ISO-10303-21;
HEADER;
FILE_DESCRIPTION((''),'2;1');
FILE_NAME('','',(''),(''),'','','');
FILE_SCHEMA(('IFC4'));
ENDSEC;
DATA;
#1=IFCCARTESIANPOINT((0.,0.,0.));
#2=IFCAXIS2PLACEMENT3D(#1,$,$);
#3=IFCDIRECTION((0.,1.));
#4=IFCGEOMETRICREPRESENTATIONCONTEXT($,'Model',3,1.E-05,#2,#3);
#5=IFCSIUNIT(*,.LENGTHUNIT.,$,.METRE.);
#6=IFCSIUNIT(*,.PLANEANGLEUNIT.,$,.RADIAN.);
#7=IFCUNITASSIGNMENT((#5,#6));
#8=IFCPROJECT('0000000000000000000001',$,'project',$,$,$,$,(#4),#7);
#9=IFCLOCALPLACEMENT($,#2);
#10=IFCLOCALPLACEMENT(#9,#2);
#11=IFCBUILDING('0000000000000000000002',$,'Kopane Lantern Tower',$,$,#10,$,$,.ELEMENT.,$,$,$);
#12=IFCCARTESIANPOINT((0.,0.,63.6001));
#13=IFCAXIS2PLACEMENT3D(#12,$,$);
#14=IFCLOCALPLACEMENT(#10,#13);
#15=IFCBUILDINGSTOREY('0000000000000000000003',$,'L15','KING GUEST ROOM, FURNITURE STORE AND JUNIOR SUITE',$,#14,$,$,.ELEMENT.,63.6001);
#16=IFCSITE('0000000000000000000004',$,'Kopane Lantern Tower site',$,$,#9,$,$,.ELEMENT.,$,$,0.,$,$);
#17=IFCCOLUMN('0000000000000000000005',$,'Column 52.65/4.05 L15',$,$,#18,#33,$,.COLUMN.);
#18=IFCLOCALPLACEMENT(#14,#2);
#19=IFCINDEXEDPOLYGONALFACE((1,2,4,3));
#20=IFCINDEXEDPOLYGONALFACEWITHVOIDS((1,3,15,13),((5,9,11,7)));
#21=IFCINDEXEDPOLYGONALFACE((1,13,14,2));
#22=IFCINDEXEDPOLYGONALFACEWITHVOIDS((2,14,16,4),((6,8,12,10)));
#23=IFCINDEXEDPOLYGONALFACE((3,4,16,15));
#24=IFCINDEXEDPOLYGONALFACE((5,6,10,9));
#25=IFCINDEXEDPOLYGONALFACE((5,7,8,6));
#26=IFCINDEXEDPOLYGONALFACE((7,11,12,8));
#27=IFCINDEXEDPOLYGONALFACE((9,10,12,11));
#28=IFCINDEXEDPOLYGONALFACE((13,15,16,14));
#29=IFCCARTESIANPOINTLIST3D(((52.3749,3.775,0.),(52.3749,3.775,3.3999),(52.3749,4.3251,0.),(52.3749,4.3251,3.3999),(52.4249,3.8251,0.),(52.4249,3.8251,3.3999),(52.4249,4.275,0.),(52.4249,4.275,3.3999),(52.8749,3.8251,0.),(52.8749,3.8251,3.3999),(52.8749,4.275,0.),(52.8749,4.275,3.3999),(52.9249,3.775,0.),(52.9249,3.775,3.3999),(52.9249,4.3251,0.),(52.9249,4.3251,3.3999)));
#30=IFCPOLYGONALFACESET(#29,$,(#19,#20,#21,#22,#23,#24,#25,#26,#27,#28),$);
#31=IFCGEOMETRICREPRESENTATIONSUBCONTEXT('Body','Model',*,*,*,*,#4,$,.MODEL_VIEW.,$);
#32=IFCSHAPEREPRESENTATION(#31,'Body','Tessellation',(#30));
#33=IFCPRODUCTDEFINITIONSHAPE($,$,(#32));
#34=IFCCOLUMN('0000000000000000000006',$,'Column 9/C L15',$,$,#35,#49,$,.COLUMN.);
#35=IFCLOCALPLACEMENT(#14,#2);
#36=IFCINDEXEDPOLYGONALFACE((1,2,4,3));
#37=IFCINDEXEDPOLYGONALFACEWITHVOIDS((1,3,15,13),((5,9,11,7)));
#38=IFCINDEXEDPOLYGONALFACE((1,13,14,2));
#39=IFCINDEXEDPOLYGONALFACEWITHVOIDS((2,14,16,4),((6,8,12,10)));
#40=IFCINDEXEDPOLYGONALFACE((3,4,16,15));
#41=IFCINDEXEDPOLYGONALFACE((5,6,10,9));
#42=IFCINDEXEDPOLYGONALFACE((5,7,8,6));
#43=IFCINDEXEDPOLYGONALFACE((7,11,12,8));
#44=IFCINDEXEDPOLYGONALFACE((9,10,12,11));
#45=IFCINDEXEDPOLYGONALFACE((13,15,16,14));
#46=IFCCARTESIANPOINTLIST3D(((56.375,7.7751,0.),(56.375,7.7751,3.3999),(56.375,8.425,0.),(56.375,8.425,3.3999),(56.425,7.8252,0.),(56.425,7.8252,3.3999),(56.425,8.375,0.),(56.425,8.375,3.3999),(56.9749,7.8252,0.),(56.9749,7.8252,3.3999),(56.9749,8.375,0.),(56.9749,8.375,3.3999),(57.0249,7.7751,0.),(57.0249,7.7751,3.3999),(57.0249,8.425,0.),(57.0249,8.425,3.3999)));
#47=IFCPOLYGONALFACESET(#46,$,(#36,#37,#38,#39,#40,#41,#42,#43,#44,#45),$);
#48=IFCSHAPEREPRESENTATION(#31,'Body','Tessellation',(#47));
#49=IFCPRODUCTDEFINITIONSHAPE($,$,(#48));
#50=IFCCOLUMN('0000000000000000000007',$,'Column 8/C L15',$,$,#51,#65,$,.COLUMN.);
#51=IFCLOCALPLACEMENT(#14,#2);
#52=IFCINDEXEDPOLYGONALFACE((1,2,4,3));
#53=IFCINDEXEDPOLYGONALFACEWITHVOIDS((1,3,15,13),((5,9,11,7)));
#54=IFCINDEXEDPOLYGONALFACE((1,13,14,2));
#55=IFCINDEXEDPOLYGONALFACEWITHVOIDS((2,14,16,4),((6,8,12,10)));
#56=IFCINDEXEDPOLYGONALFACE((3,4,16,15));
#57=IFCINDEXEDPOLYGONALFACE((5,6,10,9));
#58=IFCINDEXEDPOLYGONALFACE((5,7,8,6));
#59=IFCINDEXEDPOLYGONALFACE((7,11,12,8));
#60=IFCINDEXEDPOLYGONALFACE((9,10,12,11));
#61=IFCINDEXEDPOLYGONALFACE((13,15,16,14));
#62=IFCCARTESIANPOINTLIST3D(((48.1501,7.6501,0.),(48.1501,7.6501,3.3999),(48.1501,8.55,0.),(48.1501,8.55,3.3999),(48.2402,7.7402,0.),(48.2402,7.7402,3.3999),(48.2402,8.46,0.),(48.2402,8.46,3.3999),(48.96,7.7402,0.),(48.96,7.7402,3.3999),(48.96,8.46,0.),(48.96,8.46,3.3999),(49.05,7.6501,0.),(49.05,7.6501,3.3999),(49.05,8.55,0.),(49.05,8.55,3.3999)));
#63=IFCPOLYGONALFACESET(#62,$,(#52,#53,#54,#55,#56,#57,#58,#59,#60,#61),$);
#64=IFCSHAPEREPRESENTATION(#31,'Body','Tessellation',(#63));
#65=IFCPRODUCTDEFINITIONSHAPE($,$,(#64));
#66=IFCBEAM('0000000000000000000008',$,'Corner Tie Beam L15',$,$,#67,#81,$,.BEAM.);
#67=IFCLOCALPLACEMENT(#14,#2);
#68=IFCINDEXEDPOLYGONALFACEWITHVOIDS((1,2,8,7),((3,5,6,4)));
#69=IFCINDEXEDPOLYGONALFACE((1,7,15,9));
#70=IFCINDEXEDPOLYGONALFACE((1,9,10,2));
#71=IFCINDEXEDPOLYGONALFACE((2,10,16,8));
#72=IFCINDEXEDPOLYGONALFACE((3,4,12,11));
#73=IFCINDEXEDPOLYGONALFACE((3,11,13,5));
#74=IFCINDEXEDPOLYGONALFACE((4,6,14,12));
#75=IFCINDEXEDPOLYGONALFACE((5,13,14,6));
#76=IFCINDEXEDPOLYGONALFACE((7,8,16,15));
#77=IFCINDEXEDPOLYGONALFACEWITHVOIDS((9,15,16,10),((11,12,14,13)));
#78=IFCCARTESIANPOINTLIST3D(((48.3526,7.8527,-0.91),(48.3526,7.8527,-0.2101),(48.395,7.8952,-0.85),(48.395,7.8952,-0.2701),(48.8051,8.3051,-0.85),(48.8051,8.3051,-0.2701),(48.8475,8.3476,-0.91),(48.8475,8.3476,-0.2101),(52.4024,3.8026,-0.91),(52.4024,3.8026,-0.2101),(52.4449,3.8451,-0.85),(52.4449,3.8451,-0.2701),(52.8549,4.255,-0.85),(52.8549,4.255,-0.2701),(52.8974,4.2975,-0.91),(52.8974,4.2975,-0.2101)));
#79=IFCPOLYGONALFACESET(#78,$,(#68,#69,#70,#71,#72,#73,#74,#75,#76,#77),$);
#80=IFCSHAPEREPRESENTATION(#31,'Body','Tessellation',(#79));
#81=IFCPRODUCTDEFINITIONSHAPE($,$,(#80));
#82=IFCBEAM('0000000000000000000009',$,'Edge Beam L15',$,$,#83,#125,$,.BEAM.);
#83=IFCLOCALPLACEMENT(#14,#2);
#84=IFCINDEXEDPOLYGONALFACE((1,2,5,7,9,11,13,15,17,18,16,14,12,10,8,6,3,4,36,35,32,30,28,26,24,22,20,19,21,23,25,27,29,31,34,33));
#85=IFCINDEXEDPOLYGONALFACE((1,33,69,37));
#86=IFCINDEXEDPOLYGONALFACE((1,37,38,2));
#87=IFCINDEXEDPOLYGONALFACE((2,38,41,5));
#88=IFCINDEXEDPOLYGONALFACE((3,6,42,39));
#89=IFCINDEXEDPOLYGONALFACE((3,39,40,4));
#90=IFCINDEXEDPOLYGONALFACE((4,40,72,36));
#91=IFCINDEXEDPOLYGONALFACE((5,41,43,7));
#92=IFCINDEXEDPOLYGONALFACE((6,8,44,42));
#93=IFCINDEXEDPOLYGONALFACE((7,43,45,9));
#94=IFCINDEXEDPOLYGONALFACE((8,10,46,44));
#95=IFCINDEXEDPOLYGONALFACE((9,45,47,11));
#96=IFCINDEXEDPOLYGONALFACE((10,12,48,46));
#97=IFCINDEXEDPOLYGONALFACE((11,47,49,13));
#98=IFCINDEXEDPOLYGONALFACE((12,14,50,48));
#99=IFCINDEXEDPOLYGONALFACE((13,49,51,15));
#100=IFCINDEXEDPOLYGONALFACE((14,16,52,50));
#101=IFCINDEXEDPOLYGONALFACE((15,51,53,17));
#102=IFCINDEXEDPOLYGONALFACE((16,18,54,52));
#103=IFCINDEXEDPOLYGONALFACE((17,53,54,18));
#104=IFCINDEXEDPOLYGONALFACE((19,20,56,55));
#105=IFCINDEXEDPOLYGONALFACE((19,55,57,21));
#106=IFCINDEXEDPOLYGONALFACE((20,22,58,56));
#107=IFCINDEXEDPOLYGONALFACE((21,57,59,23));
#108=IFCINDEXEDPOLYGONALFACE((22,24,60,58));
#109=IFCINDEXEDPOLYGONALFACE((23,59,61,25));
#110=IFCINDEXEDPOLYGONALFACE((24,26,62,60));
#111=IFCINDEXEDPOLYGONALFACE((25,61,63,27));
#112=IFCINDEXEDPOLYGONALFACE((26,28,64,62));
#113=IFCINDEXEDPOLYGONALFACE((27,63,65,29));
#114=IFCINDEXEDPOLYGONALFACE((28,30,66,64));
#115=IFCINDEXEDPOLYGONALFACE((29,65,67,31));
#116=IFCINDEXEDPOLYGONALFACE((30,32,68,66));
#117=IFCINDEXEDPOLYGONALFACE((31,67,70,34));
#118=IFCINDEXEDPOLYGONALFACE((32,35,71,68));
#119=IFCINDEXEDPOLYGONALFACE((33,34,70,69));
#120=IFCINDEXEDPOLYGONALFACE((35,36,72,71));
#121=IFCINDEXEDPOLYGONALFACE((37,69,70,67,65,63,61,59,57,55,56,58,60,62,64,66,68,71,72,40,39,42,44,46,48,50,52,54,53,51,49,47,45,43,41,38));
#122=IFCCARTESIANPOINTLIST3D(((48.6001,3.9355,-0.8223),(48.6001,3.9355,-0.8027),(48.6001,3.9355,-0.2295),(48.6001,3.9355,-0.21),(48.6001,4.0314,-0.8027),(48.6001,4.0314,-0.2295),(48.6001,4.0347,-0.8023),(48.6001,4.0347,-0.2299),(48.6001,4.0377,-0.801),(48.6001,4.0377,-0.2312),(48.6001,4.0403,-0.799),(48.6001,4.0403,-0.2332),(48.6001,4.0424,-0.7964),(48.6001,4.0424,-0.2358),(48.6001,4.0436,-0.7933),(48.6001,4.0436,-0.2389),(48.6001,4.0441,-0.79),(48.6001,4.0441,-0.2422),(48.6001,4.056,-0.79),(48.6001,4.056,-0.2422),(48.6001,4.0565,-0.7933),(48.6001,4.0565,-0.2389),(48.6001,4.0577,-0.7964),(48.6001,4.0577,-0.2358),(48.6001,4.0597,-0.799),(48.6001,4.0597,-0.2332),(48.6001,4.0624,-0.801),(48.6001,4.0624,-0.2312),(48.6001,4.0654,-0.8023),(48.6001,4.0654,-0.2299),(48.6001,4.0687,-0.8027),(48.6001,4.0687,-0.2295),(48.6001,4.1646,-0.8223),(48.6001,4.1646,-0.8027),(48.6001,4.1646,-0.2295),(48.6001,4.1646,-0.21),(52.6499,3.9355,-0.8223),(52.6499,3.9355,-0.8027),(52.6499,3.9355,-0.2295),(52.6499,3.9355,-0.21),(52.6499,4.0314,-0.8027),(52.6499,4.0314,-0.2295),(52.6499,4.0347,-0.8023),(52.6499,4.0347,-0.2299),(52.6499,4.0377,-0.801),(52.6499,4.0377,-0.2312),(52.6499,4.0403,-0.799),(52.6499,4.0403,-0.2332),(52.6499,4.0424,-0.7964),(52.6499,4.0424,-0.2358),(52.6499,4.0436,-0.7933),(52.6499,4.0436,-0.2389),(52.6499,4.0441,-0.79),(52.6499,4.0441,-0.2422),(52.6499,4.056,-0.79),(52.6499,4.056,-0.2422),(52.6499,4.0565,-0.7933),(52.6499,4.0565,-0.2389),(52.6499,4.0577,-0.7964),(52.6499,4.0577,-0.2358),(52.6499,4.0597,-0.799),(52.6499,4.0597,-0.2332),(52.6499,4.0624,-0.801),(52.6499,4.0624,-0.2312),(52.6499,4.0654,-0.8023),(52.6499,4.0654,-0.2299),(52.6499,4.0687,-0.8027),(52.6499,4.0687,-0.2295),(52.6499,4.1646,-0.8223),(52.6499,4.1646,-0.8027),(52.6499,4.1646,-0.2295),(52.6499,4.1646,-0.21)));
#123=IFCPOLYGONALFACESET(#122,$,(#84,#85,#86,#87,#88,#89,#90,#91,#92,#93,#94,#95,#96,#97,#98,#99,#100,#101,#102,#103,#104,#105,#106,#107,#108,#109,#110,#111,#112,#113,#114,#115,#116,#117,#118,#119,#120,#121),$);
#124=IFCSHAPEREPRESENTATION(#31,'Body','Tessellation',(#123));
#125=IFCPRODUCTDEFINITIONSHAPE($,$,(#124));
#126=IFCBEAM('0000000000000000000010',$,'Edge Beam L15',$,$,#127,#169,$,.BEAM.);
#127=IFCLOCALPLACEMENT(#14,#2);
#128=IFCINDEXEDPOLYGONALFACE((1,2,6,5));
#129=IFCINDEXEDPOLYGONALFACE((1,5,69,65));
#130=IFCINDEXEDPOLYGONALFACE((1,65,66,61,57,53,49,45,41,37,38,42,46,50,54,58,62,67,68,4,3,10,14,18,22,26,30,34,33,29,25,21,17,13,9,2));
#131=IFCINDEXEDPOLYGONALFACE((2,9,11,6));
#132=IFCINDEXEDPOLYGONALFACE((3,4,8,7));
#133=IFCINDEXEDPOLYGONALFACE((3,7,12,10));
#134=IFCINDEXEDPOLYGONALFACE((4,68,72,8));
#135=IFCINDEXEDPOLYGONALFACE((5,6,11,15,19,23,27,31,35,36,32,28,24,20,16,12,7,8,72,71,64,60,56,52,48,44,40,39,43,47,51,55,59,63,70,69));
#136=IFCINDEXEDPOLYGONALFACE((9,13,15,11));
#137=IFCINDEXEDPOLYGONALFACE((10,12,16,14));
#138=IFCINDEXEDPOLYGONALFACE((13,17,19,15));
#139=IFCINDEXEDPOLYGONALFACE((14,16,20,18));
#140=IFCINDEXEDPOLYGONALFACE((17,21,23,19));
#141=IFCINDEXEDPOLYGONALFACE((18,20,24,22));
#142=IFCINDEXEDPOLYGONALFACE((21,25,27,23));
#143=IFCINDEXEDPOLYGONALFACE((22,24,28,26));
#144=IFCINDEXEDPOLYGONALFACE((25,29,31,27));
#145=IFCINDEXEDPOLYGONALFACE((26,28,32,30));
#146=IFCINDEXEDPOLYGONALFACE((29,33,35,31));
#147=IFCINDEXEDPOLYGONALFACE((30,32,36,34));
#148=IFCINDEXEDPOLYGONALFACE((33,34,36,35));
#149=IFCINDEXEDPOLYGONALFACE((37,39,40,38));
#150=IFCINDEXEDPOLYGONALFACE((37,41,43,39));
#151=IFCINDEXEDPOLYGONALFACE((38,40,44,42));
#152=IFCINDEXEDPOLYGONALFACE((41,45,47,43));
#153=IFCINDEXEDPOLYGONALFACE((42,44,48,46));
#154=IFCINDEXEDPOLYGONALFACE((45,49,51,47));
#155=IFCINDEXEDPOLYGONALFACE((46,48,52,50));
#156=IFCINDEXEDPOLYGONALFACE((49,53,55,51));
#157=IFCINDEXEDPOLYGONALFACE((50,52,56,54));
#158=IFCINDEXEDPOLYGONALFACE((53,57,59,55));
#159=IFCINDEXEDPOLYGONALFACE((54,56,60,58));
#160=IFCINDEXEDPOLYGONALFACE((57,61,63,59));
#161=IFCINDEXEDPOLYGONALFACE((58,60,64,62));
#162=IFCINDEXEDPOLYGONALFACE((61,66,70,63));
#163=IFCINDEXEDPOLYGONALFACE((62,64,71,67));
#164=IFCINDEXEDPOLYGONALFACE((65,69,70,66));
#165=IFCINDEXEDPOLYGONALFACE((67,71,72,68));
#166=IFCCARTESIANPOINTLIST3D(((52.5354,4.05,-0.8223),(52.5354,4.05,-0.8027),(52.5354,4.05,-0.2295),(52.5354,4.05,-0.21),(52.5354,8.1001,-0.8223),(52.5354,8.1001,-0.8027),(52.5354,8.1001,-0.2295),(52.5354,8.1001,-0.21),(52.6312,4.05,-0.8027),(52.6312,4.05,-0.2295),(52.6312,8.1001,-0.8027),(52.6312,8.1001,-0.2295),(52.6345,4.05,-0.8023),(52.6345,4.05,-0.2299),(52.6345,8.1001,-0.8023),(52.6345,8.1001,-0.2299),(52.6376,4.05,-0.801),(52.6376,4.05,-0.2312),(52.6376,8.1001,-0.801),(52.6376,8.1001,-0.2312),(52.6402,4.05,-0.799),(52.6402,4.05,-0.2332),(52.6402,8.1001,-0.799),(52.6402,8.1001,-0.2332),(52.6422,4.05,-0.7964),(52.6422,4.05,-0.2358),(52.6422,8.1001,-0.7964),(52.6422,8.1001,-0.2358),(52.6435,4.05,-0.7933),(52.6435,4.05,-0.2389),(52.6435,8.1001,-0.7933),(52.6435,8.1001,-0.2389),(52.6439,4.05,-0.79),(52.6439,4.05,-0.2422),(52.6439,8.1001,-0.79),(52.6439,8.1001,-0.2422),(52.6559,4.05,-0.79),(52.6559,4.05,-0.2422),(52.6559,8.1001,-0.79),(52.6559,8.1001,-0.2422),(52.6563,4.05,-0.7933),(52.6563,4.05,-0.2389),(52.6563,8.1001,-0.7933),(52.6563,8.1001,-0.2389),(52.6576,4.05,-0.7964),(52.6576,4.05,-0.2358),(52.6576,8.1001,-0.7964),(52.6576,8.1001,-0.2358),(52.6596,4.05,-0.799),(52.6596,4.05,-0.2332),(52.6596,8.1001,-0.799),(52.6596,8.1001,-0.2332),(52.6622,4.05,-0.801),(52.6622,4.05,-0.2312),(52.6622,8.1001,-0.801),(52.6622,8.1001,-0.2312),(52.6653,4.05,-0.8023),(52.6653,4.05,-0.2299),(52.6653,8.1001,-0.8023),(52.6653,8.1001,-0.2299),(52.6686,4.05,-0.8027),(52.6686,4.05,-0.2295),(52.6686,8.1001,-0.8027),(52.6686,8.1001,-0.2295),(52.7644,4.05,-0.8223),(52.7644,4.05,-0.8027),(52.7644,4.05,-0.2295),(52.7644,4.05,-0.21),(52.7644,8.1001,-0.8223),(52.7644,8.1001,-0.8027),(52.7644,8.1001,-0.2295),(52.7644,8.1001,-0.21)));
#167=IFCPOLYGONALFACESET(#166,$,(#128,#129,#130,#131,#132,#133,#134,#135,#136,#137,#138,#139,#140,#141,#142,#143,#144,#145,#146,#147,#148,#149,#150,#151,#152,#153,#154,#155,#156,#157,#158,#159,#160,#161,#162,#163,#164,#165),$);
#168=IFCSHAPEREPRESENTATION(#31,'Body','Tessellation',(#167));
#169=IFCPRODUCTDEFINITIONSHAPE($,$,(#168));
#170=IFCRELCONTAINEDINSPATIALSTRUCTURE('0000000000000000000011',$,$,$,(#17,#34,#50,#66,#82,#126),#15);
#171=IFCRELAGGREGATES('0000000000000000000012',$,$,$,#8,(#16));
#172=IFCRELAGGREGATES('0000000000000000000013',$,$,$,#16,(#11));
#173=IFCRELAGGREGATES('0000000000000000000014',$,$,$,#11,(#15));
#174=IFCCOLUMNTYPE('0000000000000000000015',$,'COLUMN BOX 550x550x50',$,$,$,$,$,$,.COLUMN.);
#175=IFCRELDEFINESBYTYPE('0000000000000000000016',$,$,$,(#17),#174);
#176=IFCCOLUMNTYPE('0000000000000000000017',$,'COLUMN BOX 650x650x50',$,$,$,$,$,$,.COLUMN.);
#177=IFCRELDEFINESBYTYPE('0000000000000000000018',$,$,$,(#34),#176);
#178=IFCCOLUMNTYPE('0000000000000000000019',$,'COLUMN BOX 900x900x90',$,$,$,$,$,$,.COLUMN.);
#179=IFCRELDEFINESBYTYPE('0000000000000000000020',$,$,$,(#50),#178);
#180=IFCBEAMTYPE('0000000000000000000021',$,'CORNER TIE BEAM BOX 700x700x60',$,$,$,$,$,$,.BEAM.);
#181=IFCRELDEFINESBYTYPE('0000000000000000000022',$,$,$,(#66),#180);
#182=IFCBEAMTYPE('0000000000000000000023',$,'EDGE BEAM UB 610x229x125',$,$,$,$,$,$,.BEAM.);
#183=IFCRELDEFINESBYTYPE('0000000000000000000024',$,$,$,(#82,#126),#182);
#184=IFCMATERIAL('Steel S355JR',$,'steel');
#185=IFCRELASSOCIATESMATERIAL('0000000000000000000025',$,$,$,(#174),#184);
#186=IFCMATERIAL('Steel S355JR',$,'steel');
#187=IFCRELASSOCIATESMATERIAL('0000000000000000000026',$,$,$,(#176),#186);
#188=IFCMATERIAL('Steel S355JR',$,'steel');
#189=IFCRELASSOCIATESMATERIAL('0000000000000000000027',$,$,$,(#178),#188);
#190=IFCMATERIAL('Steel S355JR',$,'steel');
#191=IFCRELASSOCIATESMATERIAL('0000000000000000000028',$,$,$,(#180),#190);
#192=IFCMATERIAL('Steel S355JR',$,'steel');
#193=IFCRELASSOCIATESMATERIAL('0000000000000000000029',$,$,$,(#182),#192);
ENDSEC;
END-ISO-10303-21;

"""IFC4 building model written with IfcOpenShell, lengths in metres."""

from ifc_helpers import new_model, si_unit, direction, frame, origin, origin_2d, place, context, subcontext, project, spatial, hollow_rectangle, i_section, extrude, material, material_profile, profile_set, type_object, element, save


model = new_model("IFC4")

# Units and contexts
model_context = context("Model", 3, precision=1e-05, world=origin(), true_north=direction((0.0, 1.0)))
body_context = subcontext(model_context, "Body", "Model", "MODEL_VIEW")
ifc_project = project(units=[si_unit("LENGTHUNIT", "METRE"), si_unit("PLANEANGLEUNIT", "RADIAN")], contexts=[model_context])

# Site, building, storey
site_placement = place(None, origin())
site = spatial("IfcSite", under=ifc_project, at=site_placement, Name="Kopane Lantern Tower site", CompositionType="ELEMENT", RefElevation=0.0)
building_placement = place(site_placement, origin())
building = spatial("IfcBuilding", under=site, at=building_placement, Name="Kopane Lantern Tower", CompositionType="ELEMENT")
storey_placement = place(building_placement, frame((0.0, 0.0, 63.6001)))
storey = spatial("IfcBuildingStorey", under=building, at=storey_placement, Name="L15", Description="KING GUEST ROOM, FURNITURE STORE AND JUNIOR SUITE", CompositionType="ELEMENT", Elevation=63.6001)

# Columns
ifc_material_1 = material(Name="Steel S355JR", Category="steel")
ifc_material_profile_1 = material_profile(ifc_material_1, hollow_rectangle(XDim=0.55, YDim=0.55, WallThickness=0.05, at=origin_2d()), Name="BOX 550x550x50")
ifc_profile_set_1 = profile_set([ifc_material_profile_1], Name="Steel S355JR")
column_type_1 = type_object("IfcColumnType", Name="COLUMN BOX 550x550x50", PredefinedType="COLUMN", material=ifc_profile_set_1)
column_1_placement = place(storey_placement, frame((52.6499, 4.05, 0.0), z_axis=(0.0, 0.0, 1.0), x_axis=(1.0, 0.0, 0.0)))
element("IfcColumn", 1, at=column_1_placement, inside=storey, type_object=column_type_1, Name="Column 52.65/4.05 L15", PredefinedType="COLUMN", context=body_context, shape_type="SweptSolid", body=[
    extrude(hollow_rectangle(XDim=0.55, YDim=0.55, WallThickness=0.05, at=origin_2d()), origin(), (0.0, 0.0, 1.0), 3.3999),
])
ifc_material_2 = material(Name="Steel S355JR", Category="steel")
ifc_material_profile_2 = material_profile(ifc_material_2, hollow_rectangle(XDim=0.6499, YDim=0.6499, WallThickness=0.05, at=origin_2d()), Name="BOX 650x650x50")
ifc_profile_set_2 = profile_set([ifc_material_profile_2], Name="Steel S355JR")
column_type_2 = type_object("IfcColumnType", Name="COLUMN BOX 650x650x50", PredefinedType="COLUMN", material=ifc_profile_set_2)
column_2_placement = place(storey_placement, frame((56.7, 8.1001, 0.0), z_axis=(0.0, 0.0, 1.0), x_axis=(1.0, 0.0, 0.0)))
element("IfcColumn", 2, at=column_2_placement, inside=storey, type_object=column_type_2, Name="Column 9/C L15", PredefinedType="COLUMN", context=body_context, shape_type="SweptSolid", body=[
    extrude(hollow_rectangle(XDim=0.6499, YDim=0.6499, WallThickness=0.05, at=origin_2d()), origin(), (0.0, 0.0, 1.0), 3.3999),
])
ifc_material_3 = material(Name="Steel S355JR", Category="steel")
ifc_material_profile_3 = material_profile(ifc_material_3, hollow_rectangle(XDim=0.8999, YDim=0.8999, WallThickness=0.0901, at=origin_2d()), Name="BOX 900x900x90")
ifc_profile_set_3 = profile_set([ifc_material_profile_3], Name="Steel S355JR")
column_type_3 = type_object("IfcColumnType", Name="COLUMN BOX 900x900x90", PredefinedType="COLUMN", material=ifc_profile_set_3)
column_3_placement = place(storey_placement, frame((48.6001, 8.1001, 0.0), z_axis=(0.0, 0.0, 1.0), x_axis=(1.0, 0.0, 0.0)))
element("IfcColumn", 3, at=column_3_placement, inside=storey, type_object=column_type_3, Name="Column 8/C L15", PredefinedType="COLUMN", context=body_context, shape_type="SweptSolid", body=[
    extrude(hollow_rectangle(XDim=0.8999, YDim=0.8999, WallThickness=0.0901, at=origin_2d()), origin(), (0.0, 0.0, 1.0), 3.3999),
])

# Beams
ifc_material_4 = material(Name="Steel S355JR", Category="steel")
ifc_material_profile_4 = material_profile(ifc_material_4, hollow_rectangle(XDim=0.7, YDim=0.7, WallThickness=0.0601, at=origin_2d()), Name="BOX 700x700x60")
ifc_profile_set_4 = profile_set([ifc_material_profile_4], Name="Steel S355JR")
beam_type_1 = type_object("IfcBeamType", Name="CORNER TIE BEAM BOX 700x700x60", PredefinedType="BEAM", material=ifc_profile_set_4)
beam_1_placement = place(storey_placement, frame((52.6499, 4.05, -0.5601), z_axis=(-0.707085, 0.707128, 0.0), x_axis=(-0.707128, -0.707085, 0.0)))
element("IfcBeam", 4, at=beam_1_placement, inside=storey, type_object=beam_type_1, Name="Corner Tie Beam L15", PredefinedType="BEAM", context=body_context, shape_type="SweptSolid", body=[
    extrude(hollow_rectangle(XDim=0.7, YDim=0.7, WallThickness=0.0601, at=origin_2d()), origin(), (0.0, 0.0, 1.0), 5.7275),
])
ifc_material_5 = material(Name="Steel S355JR", Category="steel")
ifc_material_profile_5 = material_profile(ifc_material_5, i_section(OverallWidth=0.229, OverallDepth=0.6123, WebThickness=0.012, FlangeThickness=0.0195, FilletRadius=0.0127, at=origin_2d()), Name="UB 610x229x125")
ifc_profile_set_5 = profile_set([ifc_material_profile_5], Name="Steel S355JR")
beam_type_2 = type_object("IfcBeamType", Name="EDGE BEAM UB 610x229x125", PredefinedType="BEAM", material=ifc_profile_set_5)
beam_2_placement = place(storey_placement, frame((52.6499, 4.05, -0.5161), z_axis=(-1.0, 0.0, 0.0), x_axis=(0.0, -1.0, 0.0)))
element("IfcBeam", 5, at=beam_2_placement, inside=storey, type_object=beam_type_2, Name="Edge Beam L15", PredefinedType="BEAM", context=body_context, shape_type="SweptSolid", body=[
    extrude(i_section(OverallWidth=0.229, OverallDepth=0.6123, WebThickness=0.012, FlangeThickness=0.0195, FilletRadius=0.0127, at=origin_2d()), origin(), (0.0, 0.0, 1.0), 4.0498),
])
beam_3_placement = place(storey_placement, frame((52.6499, 4.05, -0.5161), z_axis=(0.0, 1.0, 0.0), x_axis=(-1.0, 0.0, 0.0)))
element("IfcBeam", 6, at=beam_3_placement, inside=storey, type_object=beam_type_2, Name="Edge Beam L15", PredefinedType="BEAM", context=body_context, shape_type="SweptSolid", body=[
    extrude(i_section(OverallWidth=0.229, OverallDepth=0.6123, WebThickness=0.012, FlangeThickness=0.0195, FilletRadius=0.0127, at=origin_2d()), origin(), (0.0, 0.0, 1.0), 4.05),
])

save(model, "model.ifc")
